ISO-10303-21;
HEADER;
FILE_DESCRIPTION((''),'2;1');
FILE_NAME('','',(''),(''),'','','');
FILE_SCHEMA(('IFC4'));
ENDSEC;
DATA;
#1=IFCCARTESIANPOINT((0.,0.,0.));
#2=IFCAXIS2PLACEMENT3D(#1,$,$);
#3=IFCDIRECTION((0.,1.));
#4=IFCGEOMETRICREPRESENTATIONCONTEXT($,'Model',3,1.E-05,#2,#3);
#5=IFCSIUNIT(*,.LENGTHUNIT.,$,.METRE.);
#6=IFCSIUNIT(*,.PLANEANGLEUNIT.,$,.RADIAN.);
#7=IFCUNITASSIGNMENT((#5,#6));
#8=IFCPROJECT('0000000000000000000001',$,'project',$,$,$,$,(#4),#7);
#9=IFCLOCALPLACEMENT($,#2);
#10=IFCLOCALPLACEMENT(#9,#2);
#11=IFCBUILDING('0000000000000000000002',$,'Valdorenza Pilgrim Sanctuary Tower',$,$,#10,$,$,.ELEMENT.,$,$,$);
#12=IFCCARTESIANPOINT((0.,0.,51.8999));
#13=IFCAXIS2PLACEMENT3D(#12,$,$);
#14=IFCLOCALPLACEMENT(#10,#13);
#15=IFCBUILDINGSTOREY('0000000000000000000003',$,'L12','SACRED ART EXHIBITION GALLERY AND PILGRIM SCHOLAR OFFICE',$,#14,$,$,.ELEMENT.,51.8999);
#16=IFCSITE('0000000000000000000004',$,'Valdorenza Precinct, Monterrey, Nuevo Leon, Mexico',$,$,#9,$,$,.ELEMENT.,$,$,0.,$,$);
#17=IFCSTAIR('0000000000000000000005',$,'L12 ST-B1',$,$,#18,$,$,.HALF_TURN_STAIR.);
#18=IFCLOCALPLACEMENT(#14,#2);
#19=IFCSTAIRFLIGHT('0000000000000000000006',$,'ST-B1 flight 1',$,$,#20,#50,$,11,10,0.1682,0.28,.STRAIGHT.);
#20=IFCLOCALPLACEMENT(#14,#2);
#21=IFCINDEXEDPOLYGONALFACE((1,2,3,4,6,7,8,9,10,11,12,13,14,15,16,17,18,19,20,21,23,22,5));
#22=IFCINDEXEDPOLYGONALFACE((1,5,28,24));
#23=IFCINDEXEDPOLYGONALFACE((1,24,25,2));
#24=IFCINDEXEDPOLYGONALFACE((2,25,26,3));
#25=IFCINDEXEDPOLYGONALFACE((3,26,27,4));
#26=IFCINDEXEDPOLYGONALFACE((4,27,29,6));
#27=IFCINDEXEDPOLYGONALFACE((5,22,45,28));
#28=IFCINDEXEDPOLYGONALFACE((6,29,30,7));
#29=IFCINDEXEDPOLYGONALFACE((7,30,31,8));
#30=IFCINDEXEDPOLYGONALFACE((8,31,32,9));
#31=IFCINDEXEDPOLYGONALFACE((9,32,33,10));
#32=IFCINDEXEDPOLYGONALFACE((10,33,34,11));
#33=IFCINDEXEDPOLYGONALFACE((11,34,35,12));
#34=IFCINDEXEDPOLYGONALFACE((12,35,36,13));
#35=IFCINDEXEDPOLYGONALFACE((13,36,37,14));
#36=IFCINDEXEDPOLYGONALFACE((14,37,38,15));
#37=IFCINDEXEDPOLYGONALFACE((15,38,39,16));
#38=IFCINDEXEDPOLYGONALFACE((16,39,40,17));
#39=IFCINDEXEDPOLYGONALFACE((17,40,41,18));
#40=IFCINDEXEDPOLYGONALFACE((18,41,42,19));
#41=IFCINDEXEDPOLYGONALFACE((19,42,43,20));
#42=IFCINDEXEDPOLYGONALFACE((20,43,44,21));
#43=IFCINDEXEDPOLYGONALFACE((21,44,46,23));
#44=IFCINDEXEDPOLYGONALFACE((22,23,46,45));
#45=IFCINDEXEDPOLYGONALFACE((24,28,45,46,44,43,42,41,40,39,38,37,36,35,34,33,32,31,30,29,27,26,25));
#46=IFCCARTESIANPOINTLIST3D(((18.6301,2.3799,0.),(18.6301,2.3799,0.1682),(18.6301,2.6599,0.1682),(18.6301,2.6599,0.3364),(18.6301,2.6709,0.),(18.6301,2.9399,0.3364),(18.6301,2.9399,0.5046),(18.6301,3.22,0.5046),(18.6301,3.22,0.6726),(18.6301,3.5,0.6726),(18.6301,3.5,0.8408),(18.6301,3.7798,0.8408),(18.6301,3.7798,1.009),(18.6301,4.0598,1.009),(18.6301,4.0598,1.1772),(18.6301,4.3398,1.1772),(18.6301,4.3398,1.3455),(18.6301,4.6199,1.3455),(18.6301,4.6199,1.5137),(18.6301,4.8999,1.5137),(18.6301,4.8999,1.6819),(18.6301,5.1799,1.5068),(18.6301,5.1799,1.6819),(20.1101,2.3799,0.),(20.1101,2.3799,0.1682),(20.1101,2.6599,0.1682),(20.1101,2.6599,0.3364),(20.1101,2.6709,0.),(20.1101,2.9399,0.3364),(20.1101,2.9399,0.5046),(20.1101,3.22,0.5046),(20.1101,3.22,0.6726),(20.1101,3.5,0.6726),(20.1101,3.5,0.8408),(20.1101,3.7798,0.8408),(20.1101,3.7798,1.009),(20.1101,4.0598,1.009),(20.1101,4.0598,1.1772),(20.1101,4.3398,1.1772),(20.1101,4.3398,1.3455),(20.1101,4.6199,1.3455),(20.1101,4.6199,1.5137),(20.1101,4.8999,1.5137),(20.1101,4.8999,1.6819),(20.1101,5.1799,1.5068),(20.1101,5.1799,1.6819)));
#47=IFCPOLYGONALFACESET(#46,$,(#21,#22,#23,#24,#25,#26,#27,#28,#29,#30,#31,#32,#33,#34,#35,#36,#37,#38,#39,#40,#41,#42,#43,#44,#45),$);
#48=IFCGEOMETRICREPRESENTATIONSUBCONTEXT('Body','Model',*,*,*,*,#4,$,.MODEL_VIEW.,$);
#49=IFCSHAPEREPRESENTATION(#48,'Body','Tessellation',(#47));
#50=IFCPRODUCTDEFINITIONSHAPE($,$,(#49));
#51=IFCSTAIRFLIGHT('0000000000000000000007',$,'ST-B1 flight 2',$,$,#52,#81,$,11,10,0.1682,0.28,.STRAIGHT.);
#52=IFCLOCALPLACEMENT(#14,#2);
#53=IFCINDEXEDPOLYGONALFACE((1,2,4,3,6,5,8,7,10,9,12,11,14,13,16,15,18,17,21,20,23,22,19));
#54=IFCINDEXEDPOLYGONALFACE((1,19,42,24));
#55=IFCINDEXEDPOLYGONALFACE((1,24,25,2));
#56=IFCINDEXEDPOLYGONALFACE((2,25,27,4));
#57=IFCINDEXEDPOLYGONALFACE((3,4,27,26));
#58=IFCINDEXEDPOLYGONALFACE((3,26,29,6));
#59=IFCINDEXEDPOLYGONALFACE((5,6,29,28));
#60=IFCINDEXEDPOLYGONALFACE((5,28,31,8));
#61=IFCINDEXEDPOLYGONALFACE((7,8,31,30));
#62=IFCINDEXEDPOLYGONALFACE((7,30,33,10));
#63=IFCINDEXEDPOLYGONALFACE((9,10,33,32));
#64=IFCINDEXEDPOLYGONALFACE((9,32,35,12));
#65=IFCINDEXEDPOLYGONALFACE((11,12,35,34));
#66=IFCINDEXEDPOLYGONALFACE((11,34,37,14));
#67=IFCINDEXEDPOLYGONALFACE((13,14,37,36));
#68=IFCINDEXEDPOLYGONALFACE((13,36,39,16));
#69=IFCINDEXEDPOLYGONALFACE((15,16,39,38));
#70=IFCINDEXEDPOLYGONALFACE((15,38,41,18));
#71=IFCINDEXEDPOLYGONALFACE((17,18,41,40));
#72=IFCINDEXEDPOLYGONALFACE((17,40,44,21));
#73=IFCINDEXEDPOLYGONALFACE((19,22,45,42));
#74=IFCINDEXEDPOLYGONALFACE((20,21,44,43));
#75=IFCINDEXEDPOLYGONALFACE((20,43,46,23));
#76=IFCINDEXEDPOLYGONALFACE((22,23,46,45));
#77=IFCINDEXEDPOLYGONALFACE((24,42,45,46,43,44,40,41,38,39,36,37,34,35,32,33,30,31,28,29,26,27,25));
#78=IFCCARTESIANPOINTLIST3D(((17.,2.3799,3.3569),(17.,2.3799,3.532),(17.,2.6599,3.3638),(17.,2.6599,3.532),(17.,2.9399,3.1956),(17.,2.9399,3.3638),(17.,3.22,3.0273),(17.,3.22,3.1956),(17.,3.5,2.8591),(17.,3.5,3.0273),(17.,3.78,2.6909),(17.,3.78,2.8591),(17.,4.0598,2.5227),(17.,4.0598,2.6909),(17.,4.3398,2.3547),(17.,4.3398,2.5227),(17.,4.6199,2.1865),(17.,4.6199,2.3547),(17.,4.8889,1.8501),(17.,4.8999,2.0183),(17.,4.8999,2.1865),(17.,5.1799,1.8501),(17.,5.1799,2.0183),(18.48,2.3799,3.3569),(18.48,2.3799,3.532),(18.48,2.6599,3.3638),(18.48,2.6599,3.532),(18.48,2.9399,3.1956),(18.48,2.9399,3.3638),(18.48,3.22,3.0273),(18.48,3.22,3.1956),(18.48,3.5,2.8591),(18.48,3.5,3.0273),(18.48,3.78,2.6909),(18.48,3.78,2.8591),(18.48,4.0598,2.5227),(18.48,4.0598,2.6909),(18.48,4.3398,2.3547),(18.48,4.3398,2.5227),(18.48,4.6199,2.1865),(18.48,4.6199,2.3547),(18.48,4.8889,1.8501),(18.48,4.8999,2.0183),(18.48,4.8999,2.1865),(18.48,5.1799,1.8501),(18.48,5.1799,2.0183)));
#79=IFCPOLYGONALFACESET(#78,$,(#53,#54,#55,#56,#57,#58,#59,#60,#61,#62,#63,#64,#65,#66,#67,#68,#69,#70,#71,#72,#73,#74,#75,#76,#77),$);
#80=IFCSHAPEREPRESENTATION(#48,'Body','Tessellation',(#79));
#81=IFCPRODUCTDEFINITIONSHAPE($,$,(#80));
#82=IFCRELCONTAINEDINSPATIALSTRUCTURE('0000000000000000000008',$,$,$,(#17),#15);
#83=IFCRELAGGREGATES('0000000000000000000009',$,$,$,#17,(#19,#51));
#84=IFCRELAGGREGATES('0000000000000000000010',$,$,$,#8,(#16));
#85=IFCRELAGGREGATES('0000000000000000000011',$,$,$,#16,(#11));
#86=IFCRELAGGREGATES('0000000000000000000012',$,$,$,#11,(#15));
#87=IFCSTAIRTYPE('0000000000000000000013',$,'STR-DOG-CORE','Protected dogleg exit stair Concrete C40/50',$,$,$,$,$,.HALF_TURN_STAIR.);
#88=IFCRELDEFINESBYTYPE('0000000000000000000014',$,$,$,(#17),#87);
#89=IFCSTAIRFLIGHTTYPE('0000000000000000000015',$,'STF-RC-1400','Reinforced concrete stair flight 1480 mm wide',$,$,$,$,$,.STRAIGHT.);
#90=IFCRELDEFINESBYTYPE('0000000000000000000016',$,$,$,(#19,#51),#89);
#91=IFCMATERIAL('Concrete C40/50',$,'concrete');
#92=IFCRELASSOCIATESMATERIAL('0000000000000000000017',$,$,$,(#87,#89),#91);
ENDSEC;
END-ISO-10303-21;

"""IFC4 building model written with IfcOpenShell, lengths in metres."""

from ifc_helpers import new_model, si_unit, direction, frame, origin, place, context, subcontext, project, spatial, polyline, outline, extrude, material, type_object, element, aggregate, save


model = new_model("IFC4")

# Units and contexts
model_context = context("Model", 3, precision=1e-05, world=origin(), true_north=direction((0.0, 1.0)))
body_context = subcontext(model_context, "Body", "Model", "MODEL_VIEW")
ifc_project = project(units=[si_unit("LENGTHUNIT", "METRE"), si_unit("PLANEANGLEUNIT", "RADIAN")], contexts=[model_context])

# Site, building, storey
site_placement = place(None, origin())
site = spatial("IfcSite", under=ifc_project, at=site_placement, Name="Valdorenza Precinct, Monterrey, Nuevo Leon, Mexico", CompositionType="ELEMENT", RefElevation=0.0)
building_placement = place(site_placement, origin())
building = spatial("IfcBuilding", under=site, at=building_placement, Name="Valdorenza Pilgrim Sanctuary Tower", CompositionType="ELEMENT")
storey_placement = place(building_placement, frame((0.0, 0.0, 51.8999)))
storey = spatial("IfcBuildingStorey", under=building, at=storey_placement, Name="L12", Description="SACRED ART EXHIBITION GALLERY AND PILGRIM SCHOLAR OFFICE", CompositionType="ELEMENT", Elevation=51.8999)

# Shared definitions
ifc_material_1 = material(Name="Concrete C40/50", Category="concrete")

# Stair, stair flights
stair_type = type_object("IfcStairType", Name="STR-DOG-CORE", Description="Protected dogleg exit stair Concrete C40/50", PredefinedType="HALF_TURN_STAIR", material=ifc_material_1)
stair_placement = place(storey_placement, origin())
stair = element("IfcStair", 1, at=stair_placement, inside=storey, type_object=stair_type, Name="L12 ST-B1", PredefinedType="HALF_TURN_STAIR")
stair_flight_type = type_object("IfcStairFlightType", Name="STF-RC-1400", Description="Reinforced concrete stair flight 1480 mm wide", PredefinedType="STRAIGHT", material=ifc_material_1)
stair_flight_1_placement = place(storey_placement, frame((19.3701, 2.3799, 0.0), z_axis=(0.0, 0.0, 1.0), x_axis=(0.0, 1.0, 0.0)))
stair_flight_1 = element("IfcStairFlight", 2, at=stair_flight_1_placement, type_object=stair_flight_type, Name="ST-B1 flight 1", NumberOfRisers=11, NumberOfTreads=10, PredefinedType="STRAIGHT", RiserHeight=0.1682, TreadLength=0.28, context=body_context, shape_type="SweptSolid", body=[
    extrude(outline(polyline([(0.0, 0.0), (0.0, 0.1682), (0.28, 0.1682), (0.28, 0.3364), (0.5601, 0.3364), (0.5601, 0.5046), (0.8401, 0.5046), (0.8401, 0.6726), (1.1201, 0.6726), (1.1201, 0.8408), (1.3999, 0.8408), (1.3999, 1.009), (1.6799, 1.009), (1.6799, 1.1772), (1.96, 1.1772), (1.96, 1.3455), (2.24, 1.3455), (2.24, 1.5137), (2.52, 1.5137), (2.52, 1.6819), (2.8, 1.6819), (2.8, 1.8501), (2.8, 1.5068), (0.291, 0.0), (0.0, 0.0)])), frame((0.0, 0.74, 0.0), z_axis=(0.0, -1.0, 0.0), x_axis=(1.0, 0.0, 0.0)), (0.0, 0.0, 1.0), 1.48),
])
stair_flight_2_placement = place(storey_placement, frame((17.74, 5.1799, 1.8501), z_axis=(0.0, 0.0, 1.0), x_axis=(0.0, -1.0, 0.0)))
stair_flight_2 = element("IfcStairFlight", 3, at=stair_flight_2_placement, type_object=stair_flight_type, Name="ST-B1 flight 2", NumberOfRisers=11, NumberOfTreads=10, PredefinedType="STRAIGHT", RiserHeight=0.1682, TreadLength=0.28, context=body_context, shape_type="SweptSolid", body=[
    extrude(outline(polyline([(0.0, 0.0), (0.0, 0.1682), (0.28, 0.1682), (0.28, 0.3364), (0.5601, 0.3364), (0.5601, 0.5046), (0.8401, 0.5046), (0.8401, 0.6726), (1.1201, 0.6726), (1.1201, 0.8408), (1.3999, 0.8408), (1.3999, 1.009), (1.6799, 1.009), (1.6799, 1.1772), (1.96, 1.1772), (1.96, 1.3455), (2.24, 1.3455), (2.24, 1.5137), (2.52, 1.5137), (2.52, 1.6819), (2.8, 1.6819), (2.8, 1.8501), (2.8, 1.5068), (0.291, 0.0), (0.0, 0.0)])), frame((0.0, 0.74, 0.0), z_axis=(0.0, -1.0, 0.0), x_axis=(1.0, 0.0, 0.0)), (0.0, 0.0, 1.0), 1.48),
])
aggregate(stair, [stair_flight_1, stair_flight_2])

save(model, "model.ifc")
